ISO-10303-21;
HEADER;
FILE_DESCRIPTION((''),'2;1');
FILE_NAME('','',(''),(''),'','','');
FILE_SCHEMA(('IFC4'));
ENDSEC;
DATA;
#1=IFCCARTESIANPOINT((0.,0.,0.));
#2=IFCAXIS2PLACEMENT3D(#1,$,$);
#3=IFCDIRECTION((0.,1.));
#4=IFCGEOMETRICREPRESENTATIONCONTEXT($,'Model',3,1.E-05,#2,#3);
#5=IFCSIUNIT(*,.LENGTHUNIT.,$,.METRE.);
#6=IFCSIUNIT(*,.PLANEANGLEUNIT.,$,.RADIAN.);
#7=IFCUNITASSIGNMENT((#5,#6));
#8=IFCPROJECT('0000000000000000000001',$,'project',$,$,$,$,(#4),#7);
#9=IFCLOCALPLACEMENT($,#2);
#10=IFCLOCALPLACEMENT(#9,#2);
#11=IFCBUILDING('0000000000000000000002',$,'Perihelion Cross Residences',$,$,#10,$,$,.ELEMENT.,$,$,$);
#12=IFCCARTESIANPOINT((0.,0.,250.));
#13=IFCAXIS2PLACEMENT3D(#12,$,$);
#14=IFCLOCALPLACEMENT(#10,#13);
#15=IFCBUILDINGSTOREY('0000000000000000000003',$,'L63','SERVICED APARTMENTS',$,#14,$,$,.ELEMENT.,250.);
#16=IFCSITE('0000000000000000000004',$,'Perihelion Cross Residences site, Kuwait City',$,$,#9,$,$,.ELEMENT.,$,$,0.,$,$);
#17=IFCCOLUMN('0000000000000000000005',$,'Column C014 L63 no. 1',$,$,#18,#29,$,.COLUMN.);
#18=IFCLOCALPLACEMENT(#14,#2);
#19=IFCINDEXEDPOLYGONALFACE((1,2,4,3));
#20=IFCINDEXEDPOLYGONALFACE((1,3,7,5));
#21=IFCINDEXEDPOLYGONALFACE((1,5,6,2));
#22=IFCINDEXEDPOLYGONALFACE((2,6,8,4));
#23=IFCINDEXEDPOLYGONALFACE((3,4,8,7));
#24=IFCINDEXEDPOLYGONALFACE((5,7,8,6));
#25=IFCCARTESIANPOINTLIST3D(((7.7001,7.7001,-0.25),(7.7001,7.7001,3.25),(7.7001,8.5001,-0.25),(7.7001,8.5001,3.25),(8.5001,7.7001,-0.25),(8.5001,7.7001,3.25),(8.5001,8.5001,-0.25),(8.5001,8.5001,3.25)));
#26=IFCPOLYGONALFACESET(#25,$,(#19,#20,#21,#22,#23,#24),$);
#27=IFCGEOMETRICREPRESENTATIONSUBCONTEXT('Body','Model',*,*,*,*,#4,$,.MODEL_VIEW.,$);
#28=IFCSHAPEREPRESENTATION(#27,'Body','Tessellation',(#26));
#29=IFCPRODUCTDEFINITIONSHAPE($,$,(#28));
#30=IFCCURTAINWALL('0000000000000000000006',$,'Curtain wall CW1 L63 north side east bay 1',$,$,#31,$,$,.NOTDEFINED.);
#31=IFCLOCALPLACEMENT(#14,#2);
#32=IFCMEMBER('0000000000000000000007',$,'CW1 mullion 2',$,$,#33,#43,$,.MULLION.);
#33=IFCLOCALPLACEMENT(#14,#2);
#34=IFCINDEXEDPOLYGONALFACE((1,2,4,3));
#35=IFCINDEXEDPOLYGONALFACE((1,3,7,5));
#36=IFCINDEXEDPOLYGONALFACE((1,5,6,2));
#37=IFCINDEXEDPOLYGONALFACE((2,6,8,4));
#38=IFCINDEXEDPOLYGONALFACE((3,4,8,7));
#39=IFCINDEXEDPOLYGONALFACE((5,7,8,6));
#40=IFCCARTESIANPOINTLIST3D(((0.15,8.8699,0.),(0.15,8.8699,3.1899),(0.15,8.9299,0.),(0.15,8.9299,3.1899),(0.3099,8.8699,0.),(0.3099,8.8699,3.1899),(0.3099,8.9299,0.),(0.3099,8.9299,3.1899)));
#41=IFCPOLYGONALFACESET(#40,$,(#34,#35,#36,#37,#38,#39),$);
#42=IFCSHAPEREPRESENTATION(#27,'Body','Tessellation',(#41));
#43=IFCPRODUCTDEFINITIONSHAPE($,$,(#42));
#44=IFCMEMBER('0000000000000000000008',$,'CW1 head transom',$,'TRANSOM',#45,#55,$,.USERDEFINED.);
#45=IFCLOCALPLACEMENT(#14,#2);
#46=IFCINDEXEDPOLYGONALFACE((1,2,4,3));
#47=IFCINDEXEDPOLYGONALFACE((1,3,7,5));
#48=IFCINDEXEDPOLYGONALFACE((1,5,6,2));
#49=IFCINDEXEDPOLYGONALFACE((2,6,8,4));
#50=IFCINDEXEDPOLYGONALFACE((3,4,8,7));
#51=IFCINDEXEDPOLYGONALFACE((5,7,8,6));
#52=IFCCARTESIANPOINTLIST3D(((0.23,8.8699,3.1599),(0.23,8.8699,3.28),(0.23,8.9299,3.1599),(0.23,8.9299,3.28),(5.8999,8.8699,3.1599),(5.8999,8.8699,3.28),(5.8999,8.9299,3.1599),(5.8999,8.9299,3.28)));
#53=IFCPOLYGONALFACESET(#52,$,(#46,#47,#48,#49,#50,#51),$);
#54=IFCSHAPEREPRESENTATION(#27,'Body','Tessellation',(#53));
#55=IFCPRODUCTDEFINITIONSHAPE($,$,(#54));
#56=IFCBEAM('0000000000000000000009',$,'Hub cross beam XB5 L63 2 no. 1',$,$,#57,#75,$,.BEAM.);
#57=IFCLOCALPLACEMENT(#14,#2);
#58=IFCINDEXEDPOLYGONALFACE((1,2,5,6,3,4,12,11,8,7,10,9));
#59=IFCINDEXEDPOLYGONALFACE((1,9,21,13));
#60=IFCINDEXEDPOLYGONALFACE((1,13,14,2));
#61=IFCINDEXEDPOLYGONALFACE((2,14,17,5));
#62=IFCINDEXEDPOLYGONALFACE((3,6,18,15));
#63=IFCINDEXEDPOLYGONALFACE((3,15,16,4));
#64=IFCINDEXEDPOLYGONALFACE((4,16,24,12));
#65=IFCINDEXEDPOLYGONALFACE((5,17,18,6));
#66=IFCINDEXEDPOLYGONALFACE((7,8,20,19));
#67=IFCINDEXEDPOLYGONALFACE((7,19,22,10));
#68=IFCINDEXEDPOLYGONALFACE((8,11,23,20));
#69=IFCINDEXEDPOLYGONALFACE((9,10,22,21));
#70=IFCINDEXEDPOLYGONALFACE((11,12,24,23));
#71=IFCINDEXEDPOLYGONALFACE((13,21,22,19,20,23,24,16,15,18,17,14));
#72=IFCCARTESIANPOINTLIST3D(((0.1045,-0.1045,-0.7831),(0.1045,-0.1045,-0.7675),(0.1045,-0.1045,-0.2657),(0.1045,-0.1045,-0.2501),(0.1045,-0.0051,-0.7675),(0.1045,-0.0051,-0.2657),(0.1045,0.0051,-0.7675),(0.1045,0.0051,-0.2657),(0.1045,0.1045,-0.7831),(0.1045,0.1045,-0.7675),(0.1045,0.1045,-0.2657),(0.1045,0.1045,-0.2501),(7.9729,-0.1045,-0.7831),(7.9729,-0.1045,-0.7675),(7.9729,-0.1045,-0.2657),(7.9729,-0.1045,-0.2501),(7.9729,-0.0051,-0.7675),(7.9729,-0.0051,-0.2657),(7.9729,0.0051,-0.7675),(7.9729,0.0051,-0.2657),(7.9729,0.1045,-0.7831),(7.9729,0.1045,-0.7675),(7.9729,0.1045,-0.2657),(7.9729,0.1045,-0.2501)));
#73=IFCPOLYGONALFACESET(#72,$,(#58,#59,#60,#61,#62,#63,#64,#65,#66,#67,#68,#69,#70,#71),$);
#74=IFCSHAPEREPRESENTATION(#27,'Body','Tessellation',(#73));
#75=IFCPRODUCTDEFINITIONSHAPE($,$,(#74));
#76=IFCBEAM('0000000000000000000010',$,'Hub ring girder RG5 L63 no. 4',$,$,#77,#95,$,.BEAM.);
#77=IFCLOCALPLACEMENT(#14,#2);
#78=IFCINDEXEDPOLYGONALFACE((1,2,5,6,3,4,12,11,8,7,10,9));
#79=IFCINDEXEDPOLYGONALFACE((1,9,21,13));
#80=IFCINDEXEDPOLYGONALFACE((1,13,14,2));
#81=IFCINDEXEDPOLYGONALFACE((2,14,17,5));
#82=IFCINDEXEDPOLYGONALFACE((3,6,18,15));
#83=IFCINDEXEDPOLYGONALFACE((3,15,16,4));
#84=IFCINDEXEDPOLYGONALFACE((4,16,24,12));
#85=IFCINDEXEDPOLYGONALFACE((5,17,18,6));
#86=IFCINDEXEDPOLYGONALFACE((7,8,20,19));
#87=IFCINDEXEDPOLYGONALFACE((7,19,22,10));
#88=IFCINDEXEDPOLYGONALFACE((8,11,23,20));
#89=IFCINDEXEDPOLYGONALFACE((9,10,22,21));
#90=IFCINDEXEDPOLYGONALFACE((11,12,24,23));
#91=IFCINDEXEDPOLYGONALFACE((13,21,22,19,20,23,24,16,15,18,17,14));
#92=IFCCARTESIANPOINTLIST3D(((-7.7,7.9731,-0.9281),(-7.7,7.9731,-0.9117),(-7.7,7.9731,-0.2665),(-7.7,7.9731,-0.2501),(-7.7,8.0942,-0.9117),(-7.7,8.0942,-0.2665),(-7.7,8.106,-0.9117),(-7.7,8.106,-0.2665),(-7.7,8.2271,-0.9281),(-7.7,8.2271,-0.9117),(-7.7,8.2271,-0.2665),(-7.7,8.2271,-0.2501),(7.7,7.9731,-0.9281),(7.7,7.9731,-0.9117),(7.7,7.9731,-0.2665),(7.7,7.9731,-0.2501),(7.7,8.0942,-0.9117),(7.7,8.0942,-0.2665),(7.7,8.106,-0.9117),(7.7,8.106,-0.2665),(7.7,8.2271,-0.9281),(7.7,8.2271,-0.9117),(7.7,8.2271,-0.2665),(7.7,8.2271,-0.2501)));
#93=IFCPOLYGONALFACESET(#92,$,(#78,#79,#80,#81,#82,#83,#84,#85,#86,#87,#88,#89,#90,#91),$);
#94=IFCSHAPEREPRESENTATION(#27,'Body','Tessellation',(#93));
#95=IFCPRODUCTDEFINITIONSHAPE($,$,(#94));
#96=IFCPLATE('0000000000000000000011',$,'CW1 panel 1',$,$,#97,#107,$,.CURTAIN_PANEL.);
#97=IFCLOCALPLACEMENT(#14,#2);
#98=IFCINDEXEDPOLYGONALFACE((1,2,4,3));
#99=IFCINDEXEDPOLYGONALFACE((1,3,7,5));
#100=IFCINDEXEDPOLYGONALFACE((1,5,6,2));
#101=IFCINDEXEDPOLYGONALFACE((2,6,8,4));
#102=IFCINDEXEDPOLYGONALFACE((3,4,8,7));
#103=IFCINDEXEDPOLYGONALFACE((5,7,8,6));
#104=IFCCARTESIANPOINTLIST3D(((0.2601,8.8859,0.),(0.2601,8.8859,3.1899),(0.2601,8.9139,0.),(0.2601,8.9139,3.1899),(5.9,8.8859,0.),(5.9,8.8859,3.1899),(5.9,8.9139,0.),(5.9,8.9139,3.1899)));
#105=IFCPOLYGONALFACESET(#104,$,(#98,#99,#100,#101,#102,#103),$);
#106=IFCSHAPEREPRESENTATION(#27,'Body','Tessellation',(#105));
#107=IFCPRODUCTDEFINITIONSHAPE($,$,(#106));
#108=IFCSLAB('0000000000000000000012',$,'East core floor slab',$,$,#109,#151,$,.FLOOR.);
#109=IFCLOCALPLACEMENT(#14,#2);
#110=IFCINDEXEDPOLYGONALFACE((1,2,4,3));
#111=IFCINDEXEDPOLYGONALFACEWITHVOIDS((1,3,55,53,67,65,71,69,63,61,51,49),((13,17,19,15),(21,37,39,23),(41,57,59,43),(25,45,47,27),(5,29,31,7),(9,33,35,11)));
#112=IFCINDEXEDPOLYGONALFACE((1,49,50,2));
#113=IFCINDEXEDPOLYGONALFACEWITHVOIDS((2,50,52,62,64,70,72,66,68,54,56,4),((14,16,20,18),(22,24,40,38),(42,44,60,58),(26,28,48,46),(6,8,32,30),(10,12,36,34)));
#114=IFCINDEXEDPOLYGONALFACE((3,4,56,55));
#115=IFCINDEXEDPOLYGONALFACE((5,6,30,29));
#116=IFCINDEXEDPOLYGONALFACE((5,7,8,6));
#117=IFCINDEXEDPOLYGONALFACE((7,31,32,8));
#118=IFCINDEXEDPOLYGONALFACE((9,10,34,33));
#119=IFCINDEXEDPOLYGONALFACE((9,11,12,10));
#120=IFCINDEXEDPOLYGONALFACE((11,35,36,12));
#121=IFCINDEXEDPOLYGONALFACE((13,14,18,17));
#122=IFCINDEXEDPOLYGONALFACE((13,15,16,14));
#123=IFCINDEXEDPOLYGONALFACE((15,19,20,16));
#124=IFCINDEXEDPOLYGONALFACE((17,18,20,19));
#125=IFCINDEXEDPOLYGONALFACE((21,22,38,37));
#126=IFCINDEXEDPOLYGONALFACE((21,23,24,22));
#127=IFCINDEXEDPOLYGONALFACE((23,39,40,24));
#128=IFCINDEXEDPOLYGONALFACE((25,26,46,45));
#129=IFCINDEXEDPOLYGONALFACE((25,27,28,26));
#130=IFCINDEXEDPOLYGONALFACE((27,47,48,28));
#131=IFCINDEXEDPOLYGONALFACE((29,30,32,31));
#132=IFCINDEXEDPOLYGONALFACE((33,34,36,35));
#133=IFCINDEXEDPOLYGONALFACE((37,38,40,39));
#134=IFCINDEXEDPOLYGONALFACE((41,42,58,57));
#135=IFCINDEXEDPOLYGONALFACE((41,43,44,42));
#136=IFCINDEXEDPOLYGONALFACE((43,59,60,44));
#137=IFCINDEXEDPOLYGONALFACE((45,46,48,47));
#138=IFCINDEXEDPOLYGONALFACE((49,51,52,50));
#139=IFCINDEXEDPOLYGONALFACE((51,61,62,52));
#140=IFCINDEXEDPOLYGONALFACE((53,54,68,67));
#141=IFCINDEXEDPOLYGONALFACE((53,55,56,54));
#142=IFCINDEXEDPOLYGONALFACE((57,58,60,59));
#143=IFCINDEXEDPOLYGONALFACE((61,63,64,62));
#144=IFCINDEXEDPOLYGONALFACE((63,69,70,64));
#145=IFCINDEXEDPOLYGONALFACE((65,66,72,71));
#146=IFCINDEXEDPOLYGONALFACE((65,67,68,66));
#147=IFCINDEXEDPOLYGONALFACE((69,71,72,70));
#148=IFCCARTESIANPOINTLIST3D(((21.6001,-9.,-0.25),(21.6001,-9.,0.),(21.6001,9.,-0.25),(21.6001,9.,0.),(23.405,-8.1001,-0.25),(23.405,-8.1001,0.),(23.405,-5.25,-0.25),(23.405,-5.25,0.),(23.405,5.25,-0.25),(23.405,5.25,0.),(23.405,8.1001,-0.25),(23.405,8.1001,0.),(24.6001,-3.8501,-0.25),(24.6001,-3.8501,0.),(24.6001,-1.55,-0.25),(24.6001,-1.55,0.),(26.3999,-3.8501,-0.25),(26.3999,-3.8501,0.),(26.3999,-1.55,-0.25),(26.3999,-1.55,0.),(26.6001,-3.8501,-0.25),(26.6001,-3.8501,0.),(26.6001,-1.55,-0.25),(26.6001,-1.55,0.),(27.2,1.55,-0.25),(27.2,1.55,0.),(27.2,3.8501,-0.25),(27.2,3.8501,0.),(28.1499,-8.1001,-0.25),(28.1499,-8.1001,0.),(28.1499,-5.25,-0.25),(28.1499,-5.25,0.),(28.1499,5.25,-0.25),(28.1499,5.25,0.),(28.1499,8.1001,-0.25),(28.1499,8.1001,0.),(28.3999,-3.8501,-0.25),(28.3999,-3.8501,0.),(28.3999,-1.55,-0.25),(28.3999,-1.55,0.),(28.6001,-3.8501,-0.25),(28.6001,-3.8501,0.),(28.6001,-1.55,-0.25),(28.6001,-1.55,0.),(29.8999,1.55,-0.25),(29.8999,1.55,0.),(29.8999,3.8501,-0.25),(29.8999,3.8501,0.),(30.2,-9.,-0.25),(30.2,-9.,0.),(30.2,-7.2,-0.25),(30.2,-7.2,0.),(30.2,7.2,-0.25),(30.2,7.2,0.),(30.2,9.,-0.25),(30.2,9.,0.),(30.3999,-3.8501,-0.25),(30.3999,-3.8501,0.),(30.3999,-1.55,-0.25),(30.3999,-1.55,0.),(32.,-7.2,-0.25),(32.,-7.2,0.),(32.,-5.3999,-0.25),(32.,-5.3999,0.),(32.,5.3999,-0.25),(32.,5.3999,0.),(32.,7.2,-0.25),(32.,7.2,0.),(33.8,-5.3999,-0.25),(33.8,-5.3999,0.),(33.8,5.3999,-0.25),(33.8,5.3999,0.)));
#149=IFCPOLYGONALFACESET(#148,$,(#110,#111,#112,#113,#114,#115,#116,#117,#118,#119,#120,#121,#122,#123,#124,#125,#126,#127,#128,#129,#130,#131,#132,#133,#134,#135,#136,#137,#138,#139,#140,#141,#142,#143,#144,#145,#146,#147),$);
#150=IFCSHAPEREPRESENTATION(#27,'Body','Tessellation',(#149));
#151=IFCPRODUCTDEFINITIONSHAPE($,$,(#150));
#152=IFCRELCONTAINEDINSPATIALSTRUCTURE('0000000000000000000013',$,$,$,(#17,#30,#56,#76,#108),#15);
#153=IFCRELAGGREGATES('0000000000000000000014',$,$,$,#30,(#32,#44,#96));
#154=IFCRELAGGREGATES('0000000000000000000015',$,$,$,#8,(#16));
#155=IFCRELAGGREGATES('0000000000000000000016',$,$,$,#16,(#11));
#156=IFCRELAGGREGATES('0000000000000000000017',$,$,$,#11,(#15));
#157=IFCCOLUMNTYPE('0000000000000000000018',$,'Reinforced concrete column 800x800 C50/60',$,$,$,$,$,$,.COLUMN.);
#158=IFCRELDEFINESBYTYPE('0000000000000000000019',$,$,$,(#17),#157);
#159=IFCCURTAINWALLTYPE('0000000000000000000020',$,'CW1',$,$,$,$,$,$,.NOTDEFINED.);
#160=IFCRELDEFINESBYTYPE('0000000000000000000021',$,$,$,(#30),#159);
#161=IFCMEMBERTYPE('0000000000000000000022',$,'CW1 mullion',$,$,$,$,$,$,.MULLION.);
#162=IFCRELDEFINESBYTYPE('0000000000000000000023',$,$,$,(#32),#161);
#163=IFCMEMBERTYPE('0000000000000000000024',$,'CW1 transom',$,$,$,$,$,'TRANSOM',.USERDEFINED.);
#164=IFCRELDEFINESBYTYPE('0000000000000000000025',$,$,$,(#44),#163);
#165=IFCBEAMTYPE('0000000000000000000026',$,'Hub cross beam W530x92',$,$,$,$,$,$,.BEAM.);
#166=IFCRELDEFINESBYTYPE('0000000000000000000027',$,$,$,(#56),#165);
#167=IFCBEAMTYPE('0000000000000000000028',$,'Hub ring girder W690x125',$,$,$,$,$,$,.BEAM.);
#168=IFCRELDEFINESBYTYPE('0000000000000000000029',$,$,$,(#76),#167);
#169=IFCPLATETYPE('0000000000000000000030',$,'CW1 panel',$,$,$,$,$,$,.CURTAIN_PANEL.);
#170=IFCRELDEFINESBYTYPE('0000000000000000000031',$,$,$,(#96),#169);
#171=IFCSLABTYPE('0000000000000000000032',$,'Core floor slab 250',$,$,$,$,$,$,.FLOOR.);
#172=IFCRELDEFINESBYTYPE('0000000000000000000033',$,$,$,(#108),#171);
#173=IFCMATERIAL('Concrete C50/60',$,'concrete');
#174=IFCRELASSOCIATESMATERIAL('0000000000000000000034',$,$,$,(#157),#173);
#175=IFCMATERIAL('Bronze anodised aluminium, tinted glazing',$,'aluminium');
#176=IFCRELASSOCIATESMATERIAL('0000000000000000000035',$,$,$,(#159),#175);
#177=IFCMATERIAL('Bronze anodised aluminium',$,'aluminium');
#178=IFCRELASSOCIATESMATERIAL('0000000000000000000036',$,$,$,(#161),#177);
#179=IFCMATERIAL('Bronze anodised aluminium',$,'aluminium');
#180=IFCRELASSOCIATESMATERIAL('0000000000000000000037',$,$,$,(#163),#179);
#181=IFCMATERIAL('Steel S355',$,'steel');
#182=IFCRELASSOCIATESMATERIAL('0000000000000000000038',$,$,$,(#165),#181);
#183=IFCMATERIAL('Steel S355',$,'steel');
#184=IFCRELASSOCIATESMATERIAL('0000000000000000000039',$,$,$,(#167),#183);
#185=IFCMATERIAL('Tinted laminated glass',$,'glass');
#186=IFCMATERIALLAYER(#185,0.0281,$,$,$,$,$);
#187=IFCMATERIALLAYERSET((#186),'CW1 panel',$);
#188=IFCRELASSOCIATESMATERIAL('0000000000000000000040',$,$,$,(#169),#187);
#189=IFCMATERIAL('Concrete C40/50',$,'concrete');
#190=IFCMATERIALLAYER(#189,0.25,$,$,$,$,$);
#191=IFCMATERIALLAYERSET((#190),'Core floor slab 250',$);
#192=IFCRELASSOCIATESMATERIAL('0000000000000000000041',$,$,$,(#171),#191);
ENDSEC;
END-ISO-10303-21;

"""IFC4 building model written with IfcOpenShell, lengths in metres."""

from ifc_helpers import new_model, si_unit, direction, frame, origin, origin_2d, place, context, subcontext, project, spatial, polyline, rectangle, i_section, outline, extrude, material, layer, layer_set, material_profile, profile_set, type_object, element, aggregate, save


model = new_model("IFC4")

# Units and contexts
model_context = context("Model", 3, precision=1e-05, world=origin(), true_north=direction((0.0, 1.0)))
body_context = subcontext(model_context, "Body", "Model", "MODEL_VIEW")
ifc_project = project(units=[si_unit("LENGTHUNIT", "METRE"), si_unit("PLANEANGLEUNIT", "RADIAN")], contexts=[model_context])

# Site, building, storey
site_placement = place(None, origin())
site = spatial("IfcSite", under=ifc_project, at=site_placement, Name="Perihelion Cross Residences site, Kuwait City", CompositionType="ELEMENT", RefElevation=0.0)
building_placement = place(site_placement, origin())
building = spatial("IfcBuilding", under=site, at=building_placement, Name="Perihelion Cross Residences", CompositionType="ELEMENT")
storey_placement = place(building_placement, frame((0.0, 0.0, 250.0)))
storey = spatial("IfcBuildingStorey", under=building, at=storey_placement, Name="L63", Description="SERVICED APARTMENTS", CompositionType="ELEMENT", Elevation=250.0)

# Column
ifc_material_1 = material(Name="Concrete C50/60", Category="concrete")
ifc_material_profile_1 = material_profile(ifc_material_1, rectangle(XDim=0.8, YDim=0.8, at=origin_2d()), Name="RC 800x800")
ifc_profile_set_1 = profile_set([ifc_material_profile_1], Name="Concrete C50/60")
column_type = type_object("IfcColumnType", Name="Reinforced concrete column 800x800 C50/60", PredefinedType="COLUMN", material=ifc_profile_set_1)
column_placement = place(storey_placement, frame((8.1001, 8.1001, -0.25), z_axis=(0.0, 0.0, 1.0), x_axis=(1.0, 0.0, 0.0)))
element("IfcColumn", 1, at=column_placement, inside=storey, type_object=column_type, Name="Column C014 L63 no. 1", PredefinedType="COLUMN", context=body_context, shape_type="SweptSolid", body=[
    extrude(rectangle(XDim=0.8, YDim=0.8, at=origin_2d()), origin(), (0.0, 0.0, 1.0), 3.5),
])

# Curtain wall, members
ifc_material_2 = material(Name="Bronze anodised aluminium, tinted glazing", Category="aluminium")
curtain_wall_type = type_object("IfcCurtainWallType", Name="CW1", PredefinedType="NOTDEFINED", material=ifc_material_2)
curtain_wall_placement = place(storey_placement, origin())
curtain_wall = element("IfcCurtainWall", 2, at=curtain_wall_placement, inside=storey, type_object=curtain_wall_type, Name="Curtain wall CW1 L63 north side east bay 1", PredefinedType="NOTDEFINED")
ifc_material_3 = material(Name="Bronze anodised aluminium", Category="aluminium")
ifc_material_profile_2 = material_profile(ifc_material_3, rectangle(XDim=0.0601, YDim=0.1599, at=origin_2d()), Name="CW1 mullion")
ifc_profile_set_2 = profile_set([ifc_material_profile_2], Name="Bronze anodised aluminium")
member_type_1 = type_object("IfcMemberType", Name="CW1 mullion", PredefinedType="MULLION", material=ifc_profile_set_2)
member_1_placement = place(storey_placement, frame((0.23, 8.8999, 0.0), z_axis=(0.0, 0.0, 1.0), x_axis=(0.0, -1.0, 0.0)))
member_1 = element("IfcMember", 3, at=member_1_placement, type_object=member_type_1, Name="CW1 mullion 2", PredefinedType="MULLION", context=body_context, shape_type="SweptSolid", body=[
    extrude(rectangle(XDim=0.0601, YDim=0.1599, at=origin_2d()), origin(), (0.0, 0.0, 1.0), 3.1899),
])
ifc_material_4 = material(Name="Bronze anodised aluminium", Category="aluminium")
ifc_material_profile_3 = material_profile(ifc_material_4, rectangle(XDim=0.0601, YDim=0.1201, at=origin_2d()), Name="CW1 transom")
ifc_profile_set_3 = profile_set([ifc_material_profile_3], Name="Bronze anodised aluminium")
member_type_2 = type_object("IfcMemberType", Name="CW1 transom", ElementType="TRANSOM", PredefinedType="USERDEFINED", material=ifc_profile_set_3)
member_2_placement = place(storey_placement, frame((5.8999, 8.8999, 3.22), z_axis=(-1.0, 0.0, 0.0), x_axis=(0.0, -1.0, 0.0)))
member_2 = element("IfcMember", 4, at=member_2_placement, type_object=member_type_2, Name="CW1 head transom", ObjectType="TRANSOM", PredefinedType="USERDEFINED", context=body_context, shape_type="SweptSolid", body=[
    extrude(rectangle(XDim=0.0601, YDim=0.1201, at=origin_2d()), origin(), (0.0, 0.0, 1.0), 5.6699),
])

# Beams
ifc_material_5 = material(Name="Steel S355", Category="steel")
ifc_material_profile_4 = material_profile(ifc_material_5, i_section(OverallWidth=0.209, OverallDepth=0.533, WebThickness=0.0103, FlangeThickness=0.0156, at=origin_2d()), Name="W530x92")
ifc_profile_set_4 = profile_set([ifc_material_profile_4], Name="Steel S355")
beam_type_1 = type_object("IfcBeamType", Name="Hub cross beam W530x92", PredefinedType="BEAM", material=ifc_profile_set_4)
beam_1_placement = place(storey_placement, frame((0.1045, 0.0, -0.5166), z_axis=(1.0, 0.0, 0.0), x_axis=(0.0, 1.0, 0.0)))
element("IfcBeam", 5, at=beam_1_placement, inside=storey, type_object=beam_type_1, Name="Hub cross beam XB5 L63 2 no. 1", PredefinedType="BEAM", context=body_context, shape_type="SweptSolid", body=[
    extrude(i_section(OverallWidth=0.209, OverallDepth=0.533, WebThickness=0.0103, FlangeThickness=0.0156, at=origin_2d()), origin(), (0.0, 0.0, 1.0), 7.8684),
])
ifc_material_6 = material(Name="Steel S355", Category="steel")
ifc_material_profile_5 = material_profile(ifc_material_6, i_section(OverallWidth=0.2539, OverallDepth=0.678, WebThickness=0.0117, FlangeThickness=0.0164, at=origin_2d()), Name="W690x125")
ifc_profile_set_5 = profile_set([ifc_material_profile_5], Name="Steel S355")
beam_type_2 = type_object("IfcBeamType", Name="Hub ring girder W690x125", PredefinedType="BEAM", material=ifc_profile_set_5)
beam_2_placement = place(storey_placement, frame((7.7, 8.1001, -0.5891), z_axis=(-1.0, 0.0, 0.0), x_axis=(0.0, -1.0, 0.0)))
element("IfcBeam", 6, at=beam_2_placement, inside=storey, type_object=beam_type_2, Name="Hub ring girder RG5 L63 no. 4", PredefinedType="BEAM", context=body_context, shape_type="SweptSolid", body=[
    extrude(i_section(OverallWidth=0.2539, OverallDepth=0.678, WebThickness=0.0117, FlangeThickness=0.0164, at=origin_2d()), origin(), (0.0, 0.0, 1.0), 15.3999),
])

# Plate
ifc_material_7 = material(Name="Tinted laminated glass", Category="glass")
ifc_layer_1 = layer(ifc_material_7, 0.0281)
ifc_layer_set_1 = layer_set([ifc_layer_1], Name="CW1 panel")
plate_type = type_object("IfcPlateType", Name="CW1 panel", PredefinedType="CURTAIN_PANEL", material=ifc_layer_set_1)
plate_placement = place(storey_placement, frame((3.0801, 8.8999, 0.0), z_axis=(0.0, 0.0, 1.0), x_axis=(-1.0, 0.0, 0.0)))
plate = element("IfcPlate", 7, at=plate_placement, type_object=plate_type, Name="CW1 panel 1", PredefinedType="CURTAIN_PANEL", context=body_context, shape_type="SweptSolid", body=[
    extrude(rectangle(XDim=5.6399, YDim=0.0281, at=origin_2d()), origin(), (0.0, 0.0, 1.0), 3.1899),
])
aggregate(curtain_wall, [member_1, member_2, plate])

# Slab
ifc_material_8 = material(Name="Concrete C40/50", Category="concrete")
ifc_layer_2 = layer(ifc_material_8, 0.25)
ifc_layer_set_2 = layer_set([ifc_layer_2], Name="Core floor slab 250")
slab_type = type_object("IfcSlabType", Name="Core floor slab 250", PredefinedType="FLOOR", material=ifc_layer_set_2)
slab_1_placement = place(storey_placement, frame((0.0, 0.0, -0.25)))
element("IfcSlab", 8, at=slab_1_placement, inside=storey, type_object=slab_type, Name="East core floor slab", PredefinedType="FLOOR", context=body_context, shape_type="SweptSolid", body=[
    extrude(outline(polyline([(30.2, 7.2), (32.0, 7.2), (32.0, 5.3999), (33.8, 5.3999), (33.8, -5.3999), (32.0, -5.3999), (32.0, -7.2), (30.2, -7.2), (30.2, -9.0), (21.6001, -9.0), (21.6001, 9.0), (30.2, 9.0), (30.2, 7.2)]), holes=[polyline([(28.1499, -8.1001), (28.1499, -5.25), (23.405, -5.25), (23.405, -8.1001), (28.1499, -8.1001)]), polyline([(24.6001, -1.55), (24.6001, -3.8501), (26.3999, -3.8501), (26.3999, -1.55), (24.6001, -1.55)]), polyline([(26.6001, -1.55), (26.6001, -3.8501), (28.3999, -3.8501), (28.3999, -1.55), (26.6001, -1.55)]), polyline([(28.6001, -3.8501), (30.3999, -3.8501), (30.3999, -1.55), (28.6001, -1.55), (28.6001, -3.8501)]), polyline([(27.2, 3.8501), (27.2, 1.55), (29.8999, 1.55), (29.8999, 3.8501), (27.2, 3.8501)]), polyline([(23.405, 5.25), (28.1499, 5.25), (28.1499, 8.1001), (23.405, 8.1001), (23.405, 5.25)])]), origin(), (0.0, 0.0, 1.0), 0.25),
])

save(model, "model.ifc")
